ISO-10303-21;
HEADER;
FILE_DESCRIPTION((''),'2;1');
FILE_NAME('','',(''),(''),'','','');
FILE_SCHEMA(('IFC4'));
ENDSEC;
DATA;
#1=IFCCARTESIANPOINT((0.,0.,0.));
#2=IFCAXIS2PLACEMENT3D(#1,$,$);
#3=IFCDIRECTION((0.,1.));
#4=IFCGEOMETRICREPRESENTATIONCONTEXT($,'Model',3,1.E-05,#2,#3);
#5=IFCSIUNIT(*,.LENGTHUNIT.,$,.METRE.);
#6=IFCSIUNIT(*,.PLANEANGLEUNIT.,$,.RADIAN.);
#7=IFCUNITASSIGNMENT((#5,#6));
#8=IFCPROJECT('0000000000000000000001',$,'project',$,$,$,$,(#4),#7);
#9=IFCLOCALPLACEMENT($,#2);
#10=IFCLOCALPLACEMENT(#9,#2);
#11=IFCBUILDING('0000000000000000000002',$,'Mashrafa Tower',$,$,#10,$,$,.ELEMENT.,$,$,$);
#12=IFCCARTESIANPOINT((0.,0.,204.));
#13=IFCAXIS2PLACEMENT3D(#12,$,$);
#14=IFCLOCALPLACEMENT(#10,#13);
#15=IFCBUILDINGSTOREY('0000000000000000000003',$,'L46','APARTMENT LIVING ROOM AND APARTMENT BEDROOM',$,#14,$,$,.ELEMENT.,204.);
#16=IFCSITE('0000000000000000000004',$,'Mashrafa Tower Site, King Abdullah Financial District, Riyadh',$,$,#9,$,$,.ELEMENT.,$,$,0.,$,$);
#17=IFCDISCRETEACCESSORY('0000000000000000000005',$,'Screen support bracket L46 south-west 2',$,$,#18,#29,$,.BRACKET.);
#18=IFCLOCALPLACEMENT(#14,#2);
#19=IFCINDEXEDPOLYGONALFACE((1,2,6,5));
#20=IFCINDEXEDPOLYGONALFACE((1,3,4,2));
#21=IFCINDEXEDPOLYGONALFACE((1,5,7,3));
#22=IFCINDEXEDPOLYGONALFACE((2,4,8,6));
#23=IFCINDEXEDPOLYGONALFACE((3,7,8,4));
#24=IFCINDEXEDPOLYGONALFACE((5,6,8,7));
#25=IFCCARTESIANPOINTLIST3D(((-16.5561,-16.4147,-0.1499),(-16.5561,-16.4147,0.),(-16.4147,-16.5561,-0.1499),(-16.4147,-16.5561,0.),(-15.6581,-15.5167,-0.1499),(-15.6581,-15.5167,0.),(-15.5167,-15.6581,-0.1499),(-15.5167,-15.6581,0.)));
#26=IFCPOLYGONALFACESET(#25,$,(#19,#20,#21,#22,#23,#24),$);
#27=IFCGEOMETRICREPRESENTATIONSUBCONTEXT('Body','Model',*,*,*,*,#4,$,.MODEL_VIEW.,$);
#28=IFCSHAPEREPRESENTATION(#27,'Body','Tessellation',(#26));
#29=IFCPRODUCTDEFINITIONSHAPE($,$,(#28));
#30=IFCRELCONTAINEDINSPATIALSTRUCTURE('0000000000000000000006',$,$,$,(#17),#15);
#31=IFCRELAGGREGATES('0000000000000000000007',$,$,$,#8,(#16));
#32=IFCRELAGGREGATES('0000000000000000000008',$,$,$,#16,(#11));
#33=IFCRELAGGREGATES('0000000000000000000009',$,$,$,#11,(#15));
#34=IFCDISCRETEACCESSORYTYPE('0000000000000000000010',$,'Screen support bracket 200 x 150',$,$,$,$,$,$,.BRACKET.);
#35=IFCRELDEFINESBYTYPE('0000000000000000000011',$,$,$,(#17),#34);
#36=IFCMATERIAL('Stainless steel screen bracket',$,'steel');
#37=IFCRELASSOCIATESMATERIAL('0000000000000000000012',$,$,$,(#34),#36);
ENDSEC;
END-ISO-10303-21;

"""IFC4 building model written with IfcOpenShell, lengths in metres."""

from ifc_helpers import new_model, si_unit, direction, frame, origin, origin_2d, place, context, subcontext, project, spatial, rectangle, extrude, source, transform, mapped, material, type_object, type_shapes, element, save


model = new_model("IFC4")

# Units and contexts
model_context = context("Model", 3, precision=1e-05, world=origin(), true_north=direction((0.0, 1.0)))
body_context = subcontext(model_context, "Body", "Model", "MODEL_VIEW")
ifc_project = project(units=[si_unit("LENGTHUNIT", "METRE"), si_unit("PLANEANGLEUNIT", "RADIAN")], contexts=[model_context])

# Site, building, storey
site_placement = place(None, origin())
site = spatial("IfcSite", under=ifc_project, at=site_placement, Name="Mashrafa Tower Site, King Abdullah Financial District, Riyadh", CompositionType="ELEMENT", RefElevation=0.0)
building_placement = place(site_placement, origin())
building = spatial("IfcBuilding", under=site, at=building_placement, Name="Mashrafa Tower", CompositionType="ELEMENT")
storey_placement = place(building_placement, frame((0.0, 0.0, 204.0)))
storey = spatial("IfcBuildingStorey", under=building, at=storey_placement, Name="L46", Description="APARTMENT LIVING ROOM AND APARTMENT BEDROOM", CompositionType="ELEMENT", Elevation=204.0)

# Discrete accessory
ifc_material_1 = material(Name="Stainless steel screen bracket", Category="steel")
discrete_accessory_type = type_object("IfcDiscreteAccessoryType", Name="Screen support bracket 200 x 150", PredefinedType="BRACKET", material=ifc_material_1)
shared_shape_1 = source(origin(), body_context, "Body", "SweptSolid", [
    extrude(rectangle(XDim=0.2, YDim=1.27, at=origin_2d()), origin(), (0.0, 0.0, 1.0), 0.1499),
])
type_shapes(discrete_accessory_type, [shared_shape_1])
for number, where, z_axis, x_axis, name in (
    (1, (-16.0364, -16.0364, -0.1499), (0.0, 0.0, 1.0), (0.707107, -0.707107, 0.0), "Screen support bracket L46 south-west 2"),
):
    element("IfcDiscreteAccessory", number, at=place(storey_placement, frame(where, z_axis=z_axis, x_axis=x_axis)), inside=storey, type_object=discrete_accessory_type, Name=name, PredefinedType="BRACKET", context=body_context, shape_type="MappedRepresentation", body=[
        mapped(shared_shape_1, transform((0.0, 0.0, 0.0))),
    ])

save(model, "model.ifc")
